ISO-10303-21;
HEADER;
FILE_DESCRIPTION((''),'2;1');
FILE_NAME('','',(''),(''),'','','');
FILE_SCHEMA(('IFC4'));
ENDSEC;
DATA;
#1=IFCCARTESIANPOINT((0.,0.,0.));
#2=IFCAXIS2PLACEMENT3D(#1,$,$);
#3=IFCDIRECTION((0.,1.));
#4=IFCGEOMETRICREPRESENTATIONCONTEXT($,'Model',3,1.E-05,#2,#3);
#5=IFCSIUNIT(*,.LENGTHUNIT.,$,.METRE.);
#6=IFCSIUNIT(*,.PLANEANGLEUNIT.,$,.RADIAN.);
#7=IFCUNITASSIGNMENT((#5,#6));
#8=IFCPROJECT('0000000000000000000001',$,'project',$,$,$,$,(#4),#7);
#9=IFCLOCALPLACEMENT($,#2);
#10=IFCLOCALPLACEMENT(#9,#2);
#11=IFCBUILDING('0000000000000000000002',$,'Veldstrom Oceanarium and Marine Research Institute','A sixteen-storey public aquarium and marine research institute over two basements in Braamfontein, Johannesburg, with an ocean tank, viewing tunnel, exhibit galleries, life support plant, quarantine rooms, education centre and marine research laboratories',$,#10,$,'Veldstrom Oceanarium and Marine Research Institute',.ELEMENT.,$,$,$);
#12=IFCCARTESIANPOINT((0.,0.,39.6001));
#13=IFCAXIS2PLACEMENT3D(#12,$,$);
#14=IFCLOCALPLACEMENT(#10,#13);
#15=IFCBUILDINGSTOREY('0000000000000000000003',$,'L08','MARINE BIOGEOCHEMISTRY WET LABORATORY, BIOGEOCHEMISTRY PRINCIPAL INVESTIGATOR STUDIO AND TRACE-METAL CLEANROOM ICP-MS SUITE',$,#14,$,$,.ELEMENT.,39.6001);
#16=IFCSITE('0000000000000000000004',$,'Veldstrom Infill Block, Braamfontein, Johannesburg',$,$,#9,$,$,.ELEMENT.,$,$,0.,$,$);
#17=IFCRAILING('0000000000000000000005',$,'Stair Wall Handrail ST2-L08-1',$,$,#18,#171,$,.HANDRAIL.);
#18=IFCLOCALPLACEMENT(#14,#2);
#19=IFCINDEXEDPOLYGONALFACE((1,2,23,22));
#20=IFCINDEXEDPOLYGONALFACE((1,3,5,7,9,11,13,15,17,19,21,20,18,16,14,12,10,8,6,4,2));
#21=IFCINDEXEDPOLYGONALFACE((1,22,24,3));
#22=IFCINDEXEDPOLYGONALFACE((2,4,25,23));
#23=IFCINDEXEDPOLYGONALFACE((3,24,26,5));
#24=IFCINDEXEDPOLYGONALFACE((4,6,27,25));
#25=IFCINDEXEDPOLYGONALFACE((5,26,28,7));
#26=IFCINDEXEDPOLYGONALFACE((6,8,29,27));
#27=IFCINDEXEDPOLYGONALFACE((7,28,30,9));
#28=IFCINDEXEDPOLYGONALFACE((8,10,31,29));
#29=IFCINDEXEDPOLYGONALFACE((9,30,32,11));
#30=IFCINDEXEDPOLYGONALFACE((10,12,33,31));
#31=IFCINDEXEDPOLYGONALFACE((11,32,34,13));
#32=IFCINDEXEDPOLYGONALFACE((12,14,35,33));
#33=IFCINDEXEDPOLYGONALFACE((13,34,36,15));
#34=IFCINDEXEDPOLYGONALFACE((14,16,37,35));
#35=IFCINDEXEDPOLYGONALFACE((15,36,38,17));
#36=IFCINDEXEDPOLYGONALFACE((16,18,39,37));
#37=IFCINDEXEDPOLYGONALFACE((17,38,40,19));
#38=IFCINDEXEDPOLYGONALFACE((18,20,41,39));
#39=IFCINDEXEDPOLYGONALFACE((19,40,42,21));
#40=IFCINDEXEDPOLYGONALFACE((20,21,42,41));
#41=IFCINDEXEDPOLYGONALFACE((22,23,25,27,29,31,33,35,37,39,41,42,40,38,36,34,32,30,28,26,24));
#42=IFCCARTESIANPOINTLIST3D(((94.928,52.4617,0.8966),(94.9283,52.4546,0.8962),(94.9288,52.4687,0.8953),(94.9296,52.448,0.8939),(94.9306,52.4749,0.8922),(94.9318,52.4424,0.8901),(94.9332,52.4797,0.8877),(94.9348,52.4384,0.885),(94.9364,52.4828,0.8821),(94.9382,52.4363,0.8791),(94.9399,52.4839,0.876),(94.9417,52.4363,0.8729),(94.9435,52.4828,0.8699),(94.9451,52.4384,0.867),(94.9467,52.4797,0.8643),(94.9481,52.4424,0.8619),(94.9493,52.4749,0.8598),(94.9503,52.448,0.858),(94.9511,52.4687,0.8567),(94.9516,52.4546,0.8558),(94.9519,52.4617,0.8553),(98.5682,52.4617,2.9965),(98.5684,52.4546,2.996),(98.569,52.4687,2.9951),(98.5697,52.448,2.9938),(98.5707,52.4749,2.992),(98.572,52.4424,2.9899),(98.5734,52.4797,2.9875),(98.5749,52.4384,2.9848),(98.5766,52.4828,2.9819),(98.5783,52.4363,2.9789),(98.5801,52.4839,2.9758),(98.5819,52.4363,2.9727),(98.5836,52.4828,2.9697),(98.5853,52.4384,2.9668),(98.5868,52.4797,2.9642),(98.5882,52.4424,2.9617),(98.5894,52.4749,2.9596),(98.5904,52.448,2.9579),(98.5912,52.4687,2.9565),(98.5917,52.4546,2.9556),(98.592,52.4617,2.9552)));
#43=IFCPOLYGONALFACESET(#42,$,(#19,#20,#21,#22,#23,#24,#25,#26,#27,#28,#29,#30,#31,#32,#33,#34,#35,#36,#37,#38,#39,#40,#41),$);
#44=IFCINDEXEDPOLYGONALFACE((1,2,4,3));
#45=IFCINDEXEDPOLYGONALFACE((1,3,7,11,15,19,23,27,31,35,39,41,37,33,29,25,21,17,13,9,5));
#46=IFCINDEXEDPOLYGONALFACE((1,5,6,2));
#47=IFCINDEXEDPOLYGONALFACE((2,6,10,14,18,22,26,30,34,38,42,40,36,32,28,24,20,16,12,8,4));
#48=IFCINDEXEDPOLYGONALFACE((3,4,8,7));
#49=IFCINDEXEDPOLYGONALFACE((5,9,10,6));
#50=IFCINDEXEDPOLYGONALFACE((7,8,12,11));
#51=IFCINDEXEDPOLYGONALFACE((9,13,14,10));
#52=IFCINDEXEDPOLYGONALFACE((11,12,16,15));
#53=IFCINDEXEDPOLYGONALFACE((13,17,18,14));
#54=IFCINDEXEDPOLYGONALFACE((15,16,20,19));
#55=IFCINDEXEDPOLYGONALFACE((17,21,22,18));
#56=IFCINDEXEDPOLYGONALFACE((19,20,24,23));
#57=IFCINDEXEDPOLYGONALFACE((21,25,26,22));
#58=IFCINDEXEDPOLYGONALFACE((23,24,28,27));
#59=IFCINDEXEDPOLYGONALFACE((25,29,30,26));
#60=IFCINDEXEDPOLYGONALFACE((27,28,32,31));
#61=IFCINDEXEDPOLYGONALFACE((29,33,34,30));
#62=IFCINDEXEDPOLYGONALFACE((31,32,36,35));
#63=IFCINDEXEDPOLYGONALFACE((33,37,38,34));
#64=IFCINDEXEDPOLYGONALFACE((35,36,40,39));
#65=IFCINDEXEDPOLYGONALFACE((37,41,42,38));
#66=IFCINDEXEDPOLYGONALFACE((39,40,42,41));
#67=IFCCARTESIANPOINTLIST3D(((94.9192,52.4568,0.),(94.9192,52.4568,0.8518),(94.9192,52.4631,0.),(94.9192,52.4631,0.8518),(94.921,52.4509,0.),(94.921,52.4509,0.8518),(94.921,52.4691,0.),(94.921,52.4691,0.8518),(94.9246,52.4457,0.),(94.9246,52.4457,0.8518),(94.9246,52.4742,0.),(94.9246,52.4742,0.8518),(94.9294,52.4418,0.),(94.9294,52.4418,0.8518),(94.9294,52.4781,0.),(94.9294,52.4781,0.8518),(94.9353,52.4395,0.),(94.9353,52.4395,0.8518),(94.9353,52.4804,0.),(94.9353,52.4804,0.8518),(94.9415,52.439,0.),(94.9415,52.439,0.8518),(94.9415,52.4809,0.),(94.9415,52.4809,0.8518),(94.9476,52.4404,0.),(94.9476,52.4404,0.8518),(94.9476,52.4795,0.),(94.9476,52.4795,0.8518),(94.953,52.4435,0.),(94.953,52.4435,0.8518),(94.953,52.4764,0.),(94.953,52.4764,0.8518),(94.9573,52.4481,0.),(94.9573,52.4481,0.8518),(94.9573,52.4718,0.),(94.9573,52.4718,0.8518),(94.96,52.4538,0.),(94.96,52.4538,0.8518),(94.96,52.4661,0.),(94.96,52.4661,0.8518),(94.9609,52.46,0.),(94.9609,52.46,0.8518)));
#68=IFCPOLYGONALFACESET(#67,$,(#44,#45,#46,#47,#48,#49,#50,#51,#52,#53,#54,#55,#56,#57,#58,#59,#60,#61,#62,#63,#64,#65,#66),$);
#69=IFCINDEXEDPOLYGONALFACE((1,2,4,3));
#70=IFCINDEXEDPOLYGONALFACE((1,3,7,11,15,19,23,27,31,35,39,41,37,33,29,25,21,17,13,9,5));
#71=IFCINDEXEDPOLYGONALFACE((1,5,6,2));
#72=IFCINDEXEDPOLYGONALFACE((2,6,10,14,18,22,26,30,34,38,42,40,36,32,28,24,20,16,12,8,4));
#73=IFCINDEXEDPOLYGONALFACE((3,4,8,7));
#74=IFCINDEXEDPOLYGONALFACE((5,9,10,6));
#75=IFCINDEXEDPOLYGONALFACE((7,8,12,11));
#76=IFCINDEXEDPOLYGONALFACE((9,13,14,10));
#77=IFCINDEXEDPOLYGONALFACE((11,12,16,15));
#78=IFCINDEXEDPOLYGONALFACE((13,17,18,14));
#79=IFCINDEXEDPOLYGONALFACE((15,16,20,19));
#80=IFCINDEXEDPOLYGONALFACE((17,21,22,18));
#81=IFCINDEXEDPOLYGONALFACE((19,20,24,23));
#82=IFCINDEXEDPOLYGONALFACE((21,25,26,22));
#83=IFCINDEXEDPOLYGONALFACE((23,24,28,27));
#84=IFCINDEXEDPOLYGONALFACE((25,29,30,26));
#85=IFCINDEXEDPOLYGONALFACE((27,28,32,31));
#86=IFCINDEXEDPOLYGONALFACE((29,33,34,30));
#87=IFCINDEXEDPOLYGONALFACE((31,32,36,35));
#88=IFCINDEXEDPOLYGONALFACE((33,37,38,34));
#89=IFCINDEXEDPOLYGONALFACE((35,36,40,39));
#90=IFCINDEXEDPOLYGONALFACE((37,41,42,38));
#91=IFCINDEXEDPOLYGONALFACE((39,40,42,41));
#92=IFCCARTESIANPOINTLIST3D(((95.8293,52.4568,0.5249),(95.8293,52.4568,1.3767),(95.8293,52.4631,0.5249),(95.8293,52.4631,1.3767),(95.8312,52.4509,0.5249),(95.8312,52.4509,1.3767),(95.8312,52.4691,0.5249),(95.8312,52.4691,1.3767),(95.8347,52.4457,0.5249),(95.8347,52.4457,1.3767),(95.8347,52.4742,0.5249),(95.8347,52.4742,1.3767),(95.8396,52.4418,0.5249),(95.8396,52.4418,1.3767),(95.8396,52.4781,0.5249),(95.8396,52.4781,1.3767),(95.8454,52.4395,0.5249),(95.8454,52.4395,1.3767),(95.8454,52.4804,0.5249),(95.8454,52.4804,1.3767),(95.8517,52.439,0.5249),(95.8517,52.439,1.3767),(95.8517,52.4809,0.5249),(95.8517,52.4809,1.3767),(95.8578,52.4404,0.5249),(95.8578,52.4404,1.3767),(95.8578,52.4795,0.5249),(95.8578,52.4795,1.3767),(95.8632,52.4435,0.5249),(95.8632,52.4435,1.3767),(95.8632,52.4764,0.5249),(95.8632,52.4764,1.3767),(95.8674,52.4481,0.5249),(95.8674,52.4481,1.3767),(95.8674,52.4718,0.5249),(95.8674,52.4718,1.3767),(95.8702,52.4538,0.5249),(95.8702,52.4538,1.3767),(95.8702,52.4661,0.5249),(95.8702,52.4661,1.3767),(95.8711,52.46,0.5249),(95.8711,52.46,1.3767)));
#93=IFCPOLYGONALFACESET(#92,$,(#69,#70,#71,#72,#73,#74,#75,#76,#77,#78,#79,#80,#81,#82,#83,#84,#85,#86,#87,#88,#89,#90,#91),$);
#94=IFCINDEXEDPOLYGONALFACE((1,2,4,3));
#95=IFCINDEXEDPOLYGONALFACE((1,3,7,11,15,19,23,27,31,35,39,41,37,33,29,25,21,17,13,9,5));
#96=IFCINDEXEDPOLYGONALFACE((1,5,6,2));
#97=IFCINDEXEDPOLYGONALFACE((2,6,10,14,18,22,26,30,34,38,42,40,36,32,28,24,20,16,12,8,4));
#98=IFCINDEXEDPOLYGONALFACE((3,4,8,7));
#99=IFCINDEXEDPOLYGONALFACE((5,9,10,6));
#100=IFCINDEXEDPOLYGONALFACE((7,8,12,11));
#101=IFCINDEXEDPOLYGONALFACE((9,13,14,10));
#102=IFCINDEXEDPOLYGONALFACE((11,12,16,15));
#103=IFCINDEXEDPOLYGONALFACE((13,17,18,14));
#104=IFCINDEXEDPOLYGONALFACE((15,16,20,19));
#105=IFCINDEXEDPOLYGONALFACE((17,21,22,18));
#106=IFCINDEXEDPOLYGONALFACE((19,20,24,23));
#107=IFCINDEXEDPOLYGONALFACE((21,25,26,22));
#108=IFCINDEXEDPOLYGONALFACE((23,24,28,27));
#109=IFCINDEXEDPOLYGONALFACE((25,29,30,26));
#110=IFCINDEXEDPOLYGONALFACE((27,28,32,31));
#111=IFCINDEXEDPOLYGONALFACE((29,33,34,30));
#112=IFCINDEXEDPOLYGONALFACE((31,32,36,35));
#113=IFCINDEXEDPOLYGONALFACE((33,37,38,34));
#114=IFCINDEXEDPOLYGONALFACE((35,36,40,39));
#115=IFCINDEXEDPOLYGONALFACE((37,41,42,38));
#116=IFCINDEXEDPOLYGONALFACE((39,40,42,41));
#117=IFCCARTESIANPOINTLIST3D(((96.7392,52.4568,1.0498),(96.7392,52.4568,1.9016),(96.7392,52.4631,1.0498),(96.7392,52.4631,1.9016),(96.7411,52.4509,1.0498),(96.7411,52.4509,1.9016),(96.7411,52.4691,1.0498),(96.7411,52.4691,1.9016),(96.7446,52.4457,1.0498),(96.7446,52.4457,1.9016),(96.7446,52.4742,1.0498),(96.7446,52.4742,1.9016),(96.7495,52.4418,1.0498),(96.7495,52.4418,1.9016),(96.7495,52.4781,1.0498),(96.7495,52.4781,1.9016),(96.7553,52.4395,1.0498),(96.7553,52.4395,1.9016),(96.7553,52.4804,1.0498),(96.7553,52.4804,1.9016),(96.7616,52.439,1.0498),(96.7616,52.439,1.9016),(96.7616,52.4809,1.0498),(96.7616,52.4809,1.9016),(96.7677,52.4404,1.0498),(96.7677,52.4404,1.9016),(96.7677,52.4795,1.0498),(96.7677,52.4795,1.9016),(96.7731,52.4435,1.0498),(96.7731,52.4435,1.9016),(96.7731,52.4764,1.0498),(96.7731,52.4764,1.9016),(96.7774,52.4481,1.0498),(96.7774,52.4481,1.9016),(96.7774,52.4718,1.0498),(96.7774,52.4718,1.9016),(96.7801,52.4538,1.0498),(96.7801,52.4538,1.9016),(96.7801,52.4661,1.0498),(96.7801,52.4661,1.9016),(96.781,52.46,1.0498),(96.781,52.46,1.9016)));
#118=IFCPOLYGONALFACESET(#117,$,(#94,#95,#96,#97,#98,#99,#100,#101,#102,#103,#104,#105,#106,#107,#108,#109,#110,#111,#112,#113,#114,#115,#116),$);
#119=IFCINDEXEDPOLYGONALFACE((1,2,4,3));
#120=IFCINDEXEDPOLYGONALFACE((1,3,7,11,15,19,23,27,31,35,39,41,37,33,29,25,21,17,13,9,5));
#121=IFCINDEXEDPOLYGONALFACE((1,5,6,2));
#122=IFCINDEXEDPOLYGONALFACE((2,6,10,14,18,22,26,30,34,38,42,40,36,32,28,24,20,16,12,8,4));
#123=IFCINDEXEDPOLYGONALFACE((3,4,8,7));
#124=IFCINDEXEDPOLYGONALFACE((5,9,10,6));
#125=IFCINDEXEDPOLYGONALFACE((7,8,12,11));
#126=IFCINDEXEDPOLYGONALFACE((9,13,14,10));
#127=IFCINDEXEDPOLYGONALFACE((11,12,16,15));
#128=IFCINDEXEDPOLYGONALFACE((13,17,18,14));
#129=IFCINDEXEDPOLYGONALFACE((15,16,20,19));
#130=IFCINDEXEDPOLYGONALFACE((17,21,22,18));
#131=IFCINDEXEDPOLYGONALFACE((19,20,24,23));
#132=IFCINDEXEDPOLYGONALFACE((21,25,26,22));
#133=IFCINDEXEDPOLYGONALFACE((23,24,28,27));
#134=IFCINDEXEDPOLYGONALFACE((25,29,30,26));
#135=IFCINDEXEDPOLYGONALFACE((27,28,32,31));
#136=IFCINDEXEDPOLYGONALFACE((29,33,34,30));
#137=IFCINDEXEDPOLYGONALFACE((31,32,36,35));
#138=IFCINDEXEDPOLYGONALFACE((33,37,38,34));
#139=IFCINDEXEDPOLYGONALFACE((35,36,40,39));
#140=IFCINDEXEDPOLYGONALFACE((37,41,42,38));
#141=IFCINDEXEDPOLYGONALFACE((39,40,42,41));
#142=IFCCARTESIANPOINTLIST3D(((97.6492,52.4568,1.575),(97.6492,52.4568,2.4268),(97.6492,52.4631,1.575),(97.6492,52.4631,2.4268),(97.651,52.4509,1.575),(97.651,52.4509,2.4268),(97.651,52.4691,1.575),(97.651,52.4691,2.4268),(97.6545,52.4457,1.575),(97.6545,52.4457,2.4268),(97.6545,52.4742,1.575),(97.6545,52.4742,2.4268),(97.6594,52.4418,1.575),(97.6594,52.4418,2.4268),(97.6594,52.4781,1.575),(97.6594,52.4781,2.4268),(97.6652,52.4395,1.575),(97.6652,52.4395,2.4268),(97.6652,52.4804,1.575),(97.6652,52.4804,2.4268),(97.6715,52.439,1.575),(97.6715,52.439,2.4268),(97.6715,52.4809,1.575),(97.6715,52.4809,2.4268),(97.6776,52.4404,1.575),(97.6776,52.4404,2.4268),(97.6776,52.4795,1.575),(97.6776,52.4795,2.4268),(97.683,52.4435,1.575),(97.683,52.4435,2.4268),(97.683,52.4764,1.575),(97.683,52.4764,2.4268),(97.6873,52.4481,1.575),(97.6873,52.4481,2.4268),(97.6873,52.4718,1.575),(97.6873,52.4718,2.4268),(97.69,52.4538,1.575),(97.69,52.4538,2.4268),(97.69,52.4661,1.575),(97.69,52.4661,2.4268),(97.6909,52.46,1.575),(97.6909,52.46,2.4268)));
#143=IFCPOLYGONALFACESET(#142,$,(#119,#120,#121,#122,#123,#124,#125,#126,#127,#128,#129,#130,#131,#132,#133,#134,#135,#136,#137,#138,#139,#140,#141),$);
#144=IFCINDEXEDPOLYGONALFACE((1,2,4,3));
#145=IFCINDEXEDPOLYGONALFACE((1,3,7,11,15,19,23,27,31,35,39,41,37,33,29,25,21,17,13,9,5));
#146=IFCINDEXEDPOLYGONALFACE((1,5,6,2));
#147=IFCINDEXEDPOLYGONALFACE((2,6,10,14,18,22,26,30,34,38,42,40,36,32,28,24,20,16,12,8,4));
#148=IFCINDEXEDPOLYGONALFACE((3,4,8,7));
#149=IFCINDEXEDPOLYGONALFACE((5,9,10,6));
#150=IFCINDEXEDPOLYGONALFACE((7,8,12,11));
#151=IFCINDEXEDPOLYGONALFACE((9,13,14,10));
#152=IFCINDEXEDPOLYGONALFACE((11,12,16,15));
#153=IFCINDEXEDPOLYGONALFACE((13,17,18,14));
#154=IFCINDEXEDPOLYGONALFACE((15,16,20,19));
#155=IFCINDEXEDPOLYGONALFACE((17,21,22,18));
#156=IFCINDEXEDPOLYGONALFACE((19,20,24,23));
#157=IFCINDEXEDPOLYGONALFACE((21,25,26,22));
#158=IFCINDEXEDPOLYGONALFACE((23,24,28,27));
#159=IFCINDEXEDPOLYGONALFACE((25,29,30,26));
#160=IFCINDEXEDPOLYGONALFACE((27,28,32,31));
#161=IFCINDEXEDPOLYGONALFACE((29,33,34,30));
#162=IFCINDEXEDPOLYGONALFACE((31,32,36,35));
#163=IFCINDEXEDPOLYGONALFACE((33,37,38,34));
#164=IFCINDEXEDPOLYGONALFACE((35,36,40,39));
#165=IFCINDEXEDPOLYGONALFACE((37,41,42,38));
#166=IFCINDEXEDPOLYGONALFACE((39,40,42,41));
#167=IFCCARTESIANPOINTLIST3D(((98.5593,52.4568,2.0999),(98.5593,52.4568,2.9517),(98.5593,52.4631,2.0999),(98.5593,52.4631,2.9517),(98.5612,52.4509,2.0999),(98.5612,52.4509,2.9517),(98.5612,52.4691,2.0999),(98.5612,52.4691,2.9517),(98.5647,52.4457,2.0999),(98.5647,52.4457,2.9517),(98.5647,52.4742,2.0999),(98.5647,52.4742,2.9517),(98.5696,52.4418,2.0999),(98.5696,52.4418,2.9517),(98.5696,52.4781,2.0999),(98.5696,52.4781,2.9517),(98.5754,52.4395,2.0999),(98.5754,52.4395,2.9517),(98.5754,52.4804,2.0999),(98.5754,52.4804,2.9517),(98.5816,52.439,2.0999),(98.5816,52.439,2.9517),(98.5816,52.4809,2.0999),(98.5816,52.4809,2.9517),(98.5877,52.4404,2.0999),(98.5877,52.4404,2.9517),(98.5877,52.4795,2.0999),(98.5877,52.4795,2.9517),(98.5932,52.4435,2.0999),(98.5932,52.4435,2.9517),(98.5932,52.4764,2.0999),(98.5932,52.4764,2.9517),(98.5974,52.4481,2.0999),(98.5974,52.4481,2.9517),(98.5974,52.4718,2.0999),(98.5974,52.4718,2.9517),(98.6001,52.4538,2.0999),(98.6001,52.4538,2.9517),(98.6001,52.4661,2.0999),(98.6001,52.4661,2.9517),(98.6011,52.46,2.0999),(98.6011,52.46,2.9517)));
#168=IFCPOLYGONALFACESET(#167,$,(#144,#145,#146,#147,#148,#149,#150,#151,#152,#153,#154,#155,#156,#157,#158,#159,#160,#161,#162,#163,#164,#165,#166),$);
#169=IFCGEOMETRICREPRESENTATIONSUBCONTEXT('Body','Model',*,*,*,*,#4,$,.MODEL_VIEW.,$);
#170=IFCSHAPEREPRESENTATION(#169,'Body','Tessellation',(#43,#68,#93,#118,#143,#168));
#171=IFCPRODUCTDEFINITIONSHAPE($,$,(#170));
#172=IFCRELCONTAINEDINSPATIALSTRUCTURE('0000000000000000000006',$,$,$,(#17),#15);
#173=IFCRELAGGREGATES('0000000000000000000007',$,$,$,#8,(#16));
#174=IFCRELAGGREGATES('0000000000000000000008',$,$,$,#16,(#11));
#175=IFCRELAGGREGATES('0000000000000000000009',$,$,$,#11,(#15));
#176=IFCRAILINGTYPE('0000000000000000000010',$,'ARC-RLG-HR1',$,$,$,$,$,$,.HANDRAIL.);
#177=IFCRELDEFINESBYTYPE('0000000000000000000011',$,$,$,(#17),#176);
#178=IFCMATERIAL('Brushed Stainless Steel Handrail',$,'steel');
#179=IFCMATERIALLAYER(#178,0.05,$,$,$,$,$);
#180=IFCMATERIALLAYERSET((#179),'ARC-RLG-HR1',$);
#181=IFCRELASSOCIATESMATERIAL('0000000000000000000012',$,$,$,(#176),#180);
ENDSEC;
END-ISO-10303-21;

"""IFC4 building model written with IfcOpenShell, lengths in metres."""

from ifc_helpers import new_model, si_unit, direction, frame, origin, origin_2d, place, context, subcontext, project, spatial, circle, extrude, material, layer, layer_set, type_object, element, save


model = new_model("IFC4")

# Units and contexts
model_context = context("Model", 3, precision=1e-05, world=origin(), true_north=direction((0.0, 1.0)))
body_context = subcontext(model_context, "Body", "Model", "MODEL_VIEW")
ifc_project = project(units=[si_unit("LENGTHUNIT", "METRE"), si_unit("PLANEANGLEUNIT", "RADIAN")], contexts=[model_context])

# Site, building, storey
site_placement = place(None, origin())
site = spatial("IfcSite", under=ifc_project, at=site_placement, Name="Veldstrom Infill Block, Braamfontein, Johannesburg", CompositionType="ELEMENT", RefElevation=0.0)
building_placement = place(site_placement, origin())
building = spatial("IfcBuilding", under=site, at=building_placement, Name="Veldstrom Oceanarium and Marine Research Institute", Description="A sixteen-storey public aquarium and marine research institute over two basements in Braamfontein, Johannesburg, with an ocean tank, viewing tunnel, exhibit galleries, life support plant, quarantine rooms, education centre and marine research laboratories", LongName="Veldstrom Oceanarium and Marine Research Institute", CompositionType="ELEMENT")
storey_placement = place(building_placement, frame((0.0, 0.0, 39.6001)))
storey = spatial("IfcBuildingStorey", under=building, at=storey_placement, Name="L08", Description="MARINE BIOGEOCHEMISTRY WET LABORATORY, BIOGEOCHEMISTRY PRINCIPAL INVESTIGATOR STUDIO AND TRACE-METAL CLEANROOM ICP-MS SUITE", CompositionType="ELEMENT", Elevation=39.6001)

# Railing
ifc_material_1 = material(Name="Brushed Stainless Steel Handrail", Category="steel")
ifc_layer_1 = layer(ifc_material_1, 0.05)
ifc_layer_set_1 = layer_set([ifc_layer_1], Name="ARC-RLG-HR1")
railing_type_1 = type_object("IfcRailingType", Name="ARC-RLG-HR1", PredefinedType="HANDRAIL", material=ifc_layer_set_1)
railing_1_placement = place(storey_placement, frame((94.9399, 52.46, 0.0)))
element("IfcRailing", 1, at=railing_1_placement, inside=storey, type_object=railing_type_1, Name="Stair Wall Handrail ST2-L08-1", PredefinedType="HANDRAIL", context=body_context, shape_type="SweptSolid", body=[
    extrude(circle(Radius=0.0239, at=origin_2d()), frame((0.0, 0.0, 0.876), z_axis=(0.866209, 0.0, 0.499682), x_axis=(0.0, 1.0, 0.0)), (0.0, 0.0, 1.0), 4.2024),
    extrude(circle(Radius=0.021, at=origin_2d()), origin(), (0.0, 0.0, 1.0), 0.8518),
    extrude(circle(Radius=0.021, at=origin_2d()), frame((0.9102, 0.0, 0.5249)), (0.0, 0.0, 1.0), 0.8518),
    extrude(circle(Radius=0.021, at=origin_2d()), frame((1.8201, 0.0, 1.0498)), (0.0, 0.0, 1.0), 0.8518),
    extrude(circle(Radius=0.021, at=origin_2d()), frame((2.73, 0.0, 1.575)), (0.0, 0.0, 1.0), 0.8518),
    extrude(circle(Radius=0.021, at=origin_2d()), frame((3.6401, 0.0, 2.0999)), (0.0, 0.0, 1.0), 0.8518),
])

save(model, "model.ifc")
